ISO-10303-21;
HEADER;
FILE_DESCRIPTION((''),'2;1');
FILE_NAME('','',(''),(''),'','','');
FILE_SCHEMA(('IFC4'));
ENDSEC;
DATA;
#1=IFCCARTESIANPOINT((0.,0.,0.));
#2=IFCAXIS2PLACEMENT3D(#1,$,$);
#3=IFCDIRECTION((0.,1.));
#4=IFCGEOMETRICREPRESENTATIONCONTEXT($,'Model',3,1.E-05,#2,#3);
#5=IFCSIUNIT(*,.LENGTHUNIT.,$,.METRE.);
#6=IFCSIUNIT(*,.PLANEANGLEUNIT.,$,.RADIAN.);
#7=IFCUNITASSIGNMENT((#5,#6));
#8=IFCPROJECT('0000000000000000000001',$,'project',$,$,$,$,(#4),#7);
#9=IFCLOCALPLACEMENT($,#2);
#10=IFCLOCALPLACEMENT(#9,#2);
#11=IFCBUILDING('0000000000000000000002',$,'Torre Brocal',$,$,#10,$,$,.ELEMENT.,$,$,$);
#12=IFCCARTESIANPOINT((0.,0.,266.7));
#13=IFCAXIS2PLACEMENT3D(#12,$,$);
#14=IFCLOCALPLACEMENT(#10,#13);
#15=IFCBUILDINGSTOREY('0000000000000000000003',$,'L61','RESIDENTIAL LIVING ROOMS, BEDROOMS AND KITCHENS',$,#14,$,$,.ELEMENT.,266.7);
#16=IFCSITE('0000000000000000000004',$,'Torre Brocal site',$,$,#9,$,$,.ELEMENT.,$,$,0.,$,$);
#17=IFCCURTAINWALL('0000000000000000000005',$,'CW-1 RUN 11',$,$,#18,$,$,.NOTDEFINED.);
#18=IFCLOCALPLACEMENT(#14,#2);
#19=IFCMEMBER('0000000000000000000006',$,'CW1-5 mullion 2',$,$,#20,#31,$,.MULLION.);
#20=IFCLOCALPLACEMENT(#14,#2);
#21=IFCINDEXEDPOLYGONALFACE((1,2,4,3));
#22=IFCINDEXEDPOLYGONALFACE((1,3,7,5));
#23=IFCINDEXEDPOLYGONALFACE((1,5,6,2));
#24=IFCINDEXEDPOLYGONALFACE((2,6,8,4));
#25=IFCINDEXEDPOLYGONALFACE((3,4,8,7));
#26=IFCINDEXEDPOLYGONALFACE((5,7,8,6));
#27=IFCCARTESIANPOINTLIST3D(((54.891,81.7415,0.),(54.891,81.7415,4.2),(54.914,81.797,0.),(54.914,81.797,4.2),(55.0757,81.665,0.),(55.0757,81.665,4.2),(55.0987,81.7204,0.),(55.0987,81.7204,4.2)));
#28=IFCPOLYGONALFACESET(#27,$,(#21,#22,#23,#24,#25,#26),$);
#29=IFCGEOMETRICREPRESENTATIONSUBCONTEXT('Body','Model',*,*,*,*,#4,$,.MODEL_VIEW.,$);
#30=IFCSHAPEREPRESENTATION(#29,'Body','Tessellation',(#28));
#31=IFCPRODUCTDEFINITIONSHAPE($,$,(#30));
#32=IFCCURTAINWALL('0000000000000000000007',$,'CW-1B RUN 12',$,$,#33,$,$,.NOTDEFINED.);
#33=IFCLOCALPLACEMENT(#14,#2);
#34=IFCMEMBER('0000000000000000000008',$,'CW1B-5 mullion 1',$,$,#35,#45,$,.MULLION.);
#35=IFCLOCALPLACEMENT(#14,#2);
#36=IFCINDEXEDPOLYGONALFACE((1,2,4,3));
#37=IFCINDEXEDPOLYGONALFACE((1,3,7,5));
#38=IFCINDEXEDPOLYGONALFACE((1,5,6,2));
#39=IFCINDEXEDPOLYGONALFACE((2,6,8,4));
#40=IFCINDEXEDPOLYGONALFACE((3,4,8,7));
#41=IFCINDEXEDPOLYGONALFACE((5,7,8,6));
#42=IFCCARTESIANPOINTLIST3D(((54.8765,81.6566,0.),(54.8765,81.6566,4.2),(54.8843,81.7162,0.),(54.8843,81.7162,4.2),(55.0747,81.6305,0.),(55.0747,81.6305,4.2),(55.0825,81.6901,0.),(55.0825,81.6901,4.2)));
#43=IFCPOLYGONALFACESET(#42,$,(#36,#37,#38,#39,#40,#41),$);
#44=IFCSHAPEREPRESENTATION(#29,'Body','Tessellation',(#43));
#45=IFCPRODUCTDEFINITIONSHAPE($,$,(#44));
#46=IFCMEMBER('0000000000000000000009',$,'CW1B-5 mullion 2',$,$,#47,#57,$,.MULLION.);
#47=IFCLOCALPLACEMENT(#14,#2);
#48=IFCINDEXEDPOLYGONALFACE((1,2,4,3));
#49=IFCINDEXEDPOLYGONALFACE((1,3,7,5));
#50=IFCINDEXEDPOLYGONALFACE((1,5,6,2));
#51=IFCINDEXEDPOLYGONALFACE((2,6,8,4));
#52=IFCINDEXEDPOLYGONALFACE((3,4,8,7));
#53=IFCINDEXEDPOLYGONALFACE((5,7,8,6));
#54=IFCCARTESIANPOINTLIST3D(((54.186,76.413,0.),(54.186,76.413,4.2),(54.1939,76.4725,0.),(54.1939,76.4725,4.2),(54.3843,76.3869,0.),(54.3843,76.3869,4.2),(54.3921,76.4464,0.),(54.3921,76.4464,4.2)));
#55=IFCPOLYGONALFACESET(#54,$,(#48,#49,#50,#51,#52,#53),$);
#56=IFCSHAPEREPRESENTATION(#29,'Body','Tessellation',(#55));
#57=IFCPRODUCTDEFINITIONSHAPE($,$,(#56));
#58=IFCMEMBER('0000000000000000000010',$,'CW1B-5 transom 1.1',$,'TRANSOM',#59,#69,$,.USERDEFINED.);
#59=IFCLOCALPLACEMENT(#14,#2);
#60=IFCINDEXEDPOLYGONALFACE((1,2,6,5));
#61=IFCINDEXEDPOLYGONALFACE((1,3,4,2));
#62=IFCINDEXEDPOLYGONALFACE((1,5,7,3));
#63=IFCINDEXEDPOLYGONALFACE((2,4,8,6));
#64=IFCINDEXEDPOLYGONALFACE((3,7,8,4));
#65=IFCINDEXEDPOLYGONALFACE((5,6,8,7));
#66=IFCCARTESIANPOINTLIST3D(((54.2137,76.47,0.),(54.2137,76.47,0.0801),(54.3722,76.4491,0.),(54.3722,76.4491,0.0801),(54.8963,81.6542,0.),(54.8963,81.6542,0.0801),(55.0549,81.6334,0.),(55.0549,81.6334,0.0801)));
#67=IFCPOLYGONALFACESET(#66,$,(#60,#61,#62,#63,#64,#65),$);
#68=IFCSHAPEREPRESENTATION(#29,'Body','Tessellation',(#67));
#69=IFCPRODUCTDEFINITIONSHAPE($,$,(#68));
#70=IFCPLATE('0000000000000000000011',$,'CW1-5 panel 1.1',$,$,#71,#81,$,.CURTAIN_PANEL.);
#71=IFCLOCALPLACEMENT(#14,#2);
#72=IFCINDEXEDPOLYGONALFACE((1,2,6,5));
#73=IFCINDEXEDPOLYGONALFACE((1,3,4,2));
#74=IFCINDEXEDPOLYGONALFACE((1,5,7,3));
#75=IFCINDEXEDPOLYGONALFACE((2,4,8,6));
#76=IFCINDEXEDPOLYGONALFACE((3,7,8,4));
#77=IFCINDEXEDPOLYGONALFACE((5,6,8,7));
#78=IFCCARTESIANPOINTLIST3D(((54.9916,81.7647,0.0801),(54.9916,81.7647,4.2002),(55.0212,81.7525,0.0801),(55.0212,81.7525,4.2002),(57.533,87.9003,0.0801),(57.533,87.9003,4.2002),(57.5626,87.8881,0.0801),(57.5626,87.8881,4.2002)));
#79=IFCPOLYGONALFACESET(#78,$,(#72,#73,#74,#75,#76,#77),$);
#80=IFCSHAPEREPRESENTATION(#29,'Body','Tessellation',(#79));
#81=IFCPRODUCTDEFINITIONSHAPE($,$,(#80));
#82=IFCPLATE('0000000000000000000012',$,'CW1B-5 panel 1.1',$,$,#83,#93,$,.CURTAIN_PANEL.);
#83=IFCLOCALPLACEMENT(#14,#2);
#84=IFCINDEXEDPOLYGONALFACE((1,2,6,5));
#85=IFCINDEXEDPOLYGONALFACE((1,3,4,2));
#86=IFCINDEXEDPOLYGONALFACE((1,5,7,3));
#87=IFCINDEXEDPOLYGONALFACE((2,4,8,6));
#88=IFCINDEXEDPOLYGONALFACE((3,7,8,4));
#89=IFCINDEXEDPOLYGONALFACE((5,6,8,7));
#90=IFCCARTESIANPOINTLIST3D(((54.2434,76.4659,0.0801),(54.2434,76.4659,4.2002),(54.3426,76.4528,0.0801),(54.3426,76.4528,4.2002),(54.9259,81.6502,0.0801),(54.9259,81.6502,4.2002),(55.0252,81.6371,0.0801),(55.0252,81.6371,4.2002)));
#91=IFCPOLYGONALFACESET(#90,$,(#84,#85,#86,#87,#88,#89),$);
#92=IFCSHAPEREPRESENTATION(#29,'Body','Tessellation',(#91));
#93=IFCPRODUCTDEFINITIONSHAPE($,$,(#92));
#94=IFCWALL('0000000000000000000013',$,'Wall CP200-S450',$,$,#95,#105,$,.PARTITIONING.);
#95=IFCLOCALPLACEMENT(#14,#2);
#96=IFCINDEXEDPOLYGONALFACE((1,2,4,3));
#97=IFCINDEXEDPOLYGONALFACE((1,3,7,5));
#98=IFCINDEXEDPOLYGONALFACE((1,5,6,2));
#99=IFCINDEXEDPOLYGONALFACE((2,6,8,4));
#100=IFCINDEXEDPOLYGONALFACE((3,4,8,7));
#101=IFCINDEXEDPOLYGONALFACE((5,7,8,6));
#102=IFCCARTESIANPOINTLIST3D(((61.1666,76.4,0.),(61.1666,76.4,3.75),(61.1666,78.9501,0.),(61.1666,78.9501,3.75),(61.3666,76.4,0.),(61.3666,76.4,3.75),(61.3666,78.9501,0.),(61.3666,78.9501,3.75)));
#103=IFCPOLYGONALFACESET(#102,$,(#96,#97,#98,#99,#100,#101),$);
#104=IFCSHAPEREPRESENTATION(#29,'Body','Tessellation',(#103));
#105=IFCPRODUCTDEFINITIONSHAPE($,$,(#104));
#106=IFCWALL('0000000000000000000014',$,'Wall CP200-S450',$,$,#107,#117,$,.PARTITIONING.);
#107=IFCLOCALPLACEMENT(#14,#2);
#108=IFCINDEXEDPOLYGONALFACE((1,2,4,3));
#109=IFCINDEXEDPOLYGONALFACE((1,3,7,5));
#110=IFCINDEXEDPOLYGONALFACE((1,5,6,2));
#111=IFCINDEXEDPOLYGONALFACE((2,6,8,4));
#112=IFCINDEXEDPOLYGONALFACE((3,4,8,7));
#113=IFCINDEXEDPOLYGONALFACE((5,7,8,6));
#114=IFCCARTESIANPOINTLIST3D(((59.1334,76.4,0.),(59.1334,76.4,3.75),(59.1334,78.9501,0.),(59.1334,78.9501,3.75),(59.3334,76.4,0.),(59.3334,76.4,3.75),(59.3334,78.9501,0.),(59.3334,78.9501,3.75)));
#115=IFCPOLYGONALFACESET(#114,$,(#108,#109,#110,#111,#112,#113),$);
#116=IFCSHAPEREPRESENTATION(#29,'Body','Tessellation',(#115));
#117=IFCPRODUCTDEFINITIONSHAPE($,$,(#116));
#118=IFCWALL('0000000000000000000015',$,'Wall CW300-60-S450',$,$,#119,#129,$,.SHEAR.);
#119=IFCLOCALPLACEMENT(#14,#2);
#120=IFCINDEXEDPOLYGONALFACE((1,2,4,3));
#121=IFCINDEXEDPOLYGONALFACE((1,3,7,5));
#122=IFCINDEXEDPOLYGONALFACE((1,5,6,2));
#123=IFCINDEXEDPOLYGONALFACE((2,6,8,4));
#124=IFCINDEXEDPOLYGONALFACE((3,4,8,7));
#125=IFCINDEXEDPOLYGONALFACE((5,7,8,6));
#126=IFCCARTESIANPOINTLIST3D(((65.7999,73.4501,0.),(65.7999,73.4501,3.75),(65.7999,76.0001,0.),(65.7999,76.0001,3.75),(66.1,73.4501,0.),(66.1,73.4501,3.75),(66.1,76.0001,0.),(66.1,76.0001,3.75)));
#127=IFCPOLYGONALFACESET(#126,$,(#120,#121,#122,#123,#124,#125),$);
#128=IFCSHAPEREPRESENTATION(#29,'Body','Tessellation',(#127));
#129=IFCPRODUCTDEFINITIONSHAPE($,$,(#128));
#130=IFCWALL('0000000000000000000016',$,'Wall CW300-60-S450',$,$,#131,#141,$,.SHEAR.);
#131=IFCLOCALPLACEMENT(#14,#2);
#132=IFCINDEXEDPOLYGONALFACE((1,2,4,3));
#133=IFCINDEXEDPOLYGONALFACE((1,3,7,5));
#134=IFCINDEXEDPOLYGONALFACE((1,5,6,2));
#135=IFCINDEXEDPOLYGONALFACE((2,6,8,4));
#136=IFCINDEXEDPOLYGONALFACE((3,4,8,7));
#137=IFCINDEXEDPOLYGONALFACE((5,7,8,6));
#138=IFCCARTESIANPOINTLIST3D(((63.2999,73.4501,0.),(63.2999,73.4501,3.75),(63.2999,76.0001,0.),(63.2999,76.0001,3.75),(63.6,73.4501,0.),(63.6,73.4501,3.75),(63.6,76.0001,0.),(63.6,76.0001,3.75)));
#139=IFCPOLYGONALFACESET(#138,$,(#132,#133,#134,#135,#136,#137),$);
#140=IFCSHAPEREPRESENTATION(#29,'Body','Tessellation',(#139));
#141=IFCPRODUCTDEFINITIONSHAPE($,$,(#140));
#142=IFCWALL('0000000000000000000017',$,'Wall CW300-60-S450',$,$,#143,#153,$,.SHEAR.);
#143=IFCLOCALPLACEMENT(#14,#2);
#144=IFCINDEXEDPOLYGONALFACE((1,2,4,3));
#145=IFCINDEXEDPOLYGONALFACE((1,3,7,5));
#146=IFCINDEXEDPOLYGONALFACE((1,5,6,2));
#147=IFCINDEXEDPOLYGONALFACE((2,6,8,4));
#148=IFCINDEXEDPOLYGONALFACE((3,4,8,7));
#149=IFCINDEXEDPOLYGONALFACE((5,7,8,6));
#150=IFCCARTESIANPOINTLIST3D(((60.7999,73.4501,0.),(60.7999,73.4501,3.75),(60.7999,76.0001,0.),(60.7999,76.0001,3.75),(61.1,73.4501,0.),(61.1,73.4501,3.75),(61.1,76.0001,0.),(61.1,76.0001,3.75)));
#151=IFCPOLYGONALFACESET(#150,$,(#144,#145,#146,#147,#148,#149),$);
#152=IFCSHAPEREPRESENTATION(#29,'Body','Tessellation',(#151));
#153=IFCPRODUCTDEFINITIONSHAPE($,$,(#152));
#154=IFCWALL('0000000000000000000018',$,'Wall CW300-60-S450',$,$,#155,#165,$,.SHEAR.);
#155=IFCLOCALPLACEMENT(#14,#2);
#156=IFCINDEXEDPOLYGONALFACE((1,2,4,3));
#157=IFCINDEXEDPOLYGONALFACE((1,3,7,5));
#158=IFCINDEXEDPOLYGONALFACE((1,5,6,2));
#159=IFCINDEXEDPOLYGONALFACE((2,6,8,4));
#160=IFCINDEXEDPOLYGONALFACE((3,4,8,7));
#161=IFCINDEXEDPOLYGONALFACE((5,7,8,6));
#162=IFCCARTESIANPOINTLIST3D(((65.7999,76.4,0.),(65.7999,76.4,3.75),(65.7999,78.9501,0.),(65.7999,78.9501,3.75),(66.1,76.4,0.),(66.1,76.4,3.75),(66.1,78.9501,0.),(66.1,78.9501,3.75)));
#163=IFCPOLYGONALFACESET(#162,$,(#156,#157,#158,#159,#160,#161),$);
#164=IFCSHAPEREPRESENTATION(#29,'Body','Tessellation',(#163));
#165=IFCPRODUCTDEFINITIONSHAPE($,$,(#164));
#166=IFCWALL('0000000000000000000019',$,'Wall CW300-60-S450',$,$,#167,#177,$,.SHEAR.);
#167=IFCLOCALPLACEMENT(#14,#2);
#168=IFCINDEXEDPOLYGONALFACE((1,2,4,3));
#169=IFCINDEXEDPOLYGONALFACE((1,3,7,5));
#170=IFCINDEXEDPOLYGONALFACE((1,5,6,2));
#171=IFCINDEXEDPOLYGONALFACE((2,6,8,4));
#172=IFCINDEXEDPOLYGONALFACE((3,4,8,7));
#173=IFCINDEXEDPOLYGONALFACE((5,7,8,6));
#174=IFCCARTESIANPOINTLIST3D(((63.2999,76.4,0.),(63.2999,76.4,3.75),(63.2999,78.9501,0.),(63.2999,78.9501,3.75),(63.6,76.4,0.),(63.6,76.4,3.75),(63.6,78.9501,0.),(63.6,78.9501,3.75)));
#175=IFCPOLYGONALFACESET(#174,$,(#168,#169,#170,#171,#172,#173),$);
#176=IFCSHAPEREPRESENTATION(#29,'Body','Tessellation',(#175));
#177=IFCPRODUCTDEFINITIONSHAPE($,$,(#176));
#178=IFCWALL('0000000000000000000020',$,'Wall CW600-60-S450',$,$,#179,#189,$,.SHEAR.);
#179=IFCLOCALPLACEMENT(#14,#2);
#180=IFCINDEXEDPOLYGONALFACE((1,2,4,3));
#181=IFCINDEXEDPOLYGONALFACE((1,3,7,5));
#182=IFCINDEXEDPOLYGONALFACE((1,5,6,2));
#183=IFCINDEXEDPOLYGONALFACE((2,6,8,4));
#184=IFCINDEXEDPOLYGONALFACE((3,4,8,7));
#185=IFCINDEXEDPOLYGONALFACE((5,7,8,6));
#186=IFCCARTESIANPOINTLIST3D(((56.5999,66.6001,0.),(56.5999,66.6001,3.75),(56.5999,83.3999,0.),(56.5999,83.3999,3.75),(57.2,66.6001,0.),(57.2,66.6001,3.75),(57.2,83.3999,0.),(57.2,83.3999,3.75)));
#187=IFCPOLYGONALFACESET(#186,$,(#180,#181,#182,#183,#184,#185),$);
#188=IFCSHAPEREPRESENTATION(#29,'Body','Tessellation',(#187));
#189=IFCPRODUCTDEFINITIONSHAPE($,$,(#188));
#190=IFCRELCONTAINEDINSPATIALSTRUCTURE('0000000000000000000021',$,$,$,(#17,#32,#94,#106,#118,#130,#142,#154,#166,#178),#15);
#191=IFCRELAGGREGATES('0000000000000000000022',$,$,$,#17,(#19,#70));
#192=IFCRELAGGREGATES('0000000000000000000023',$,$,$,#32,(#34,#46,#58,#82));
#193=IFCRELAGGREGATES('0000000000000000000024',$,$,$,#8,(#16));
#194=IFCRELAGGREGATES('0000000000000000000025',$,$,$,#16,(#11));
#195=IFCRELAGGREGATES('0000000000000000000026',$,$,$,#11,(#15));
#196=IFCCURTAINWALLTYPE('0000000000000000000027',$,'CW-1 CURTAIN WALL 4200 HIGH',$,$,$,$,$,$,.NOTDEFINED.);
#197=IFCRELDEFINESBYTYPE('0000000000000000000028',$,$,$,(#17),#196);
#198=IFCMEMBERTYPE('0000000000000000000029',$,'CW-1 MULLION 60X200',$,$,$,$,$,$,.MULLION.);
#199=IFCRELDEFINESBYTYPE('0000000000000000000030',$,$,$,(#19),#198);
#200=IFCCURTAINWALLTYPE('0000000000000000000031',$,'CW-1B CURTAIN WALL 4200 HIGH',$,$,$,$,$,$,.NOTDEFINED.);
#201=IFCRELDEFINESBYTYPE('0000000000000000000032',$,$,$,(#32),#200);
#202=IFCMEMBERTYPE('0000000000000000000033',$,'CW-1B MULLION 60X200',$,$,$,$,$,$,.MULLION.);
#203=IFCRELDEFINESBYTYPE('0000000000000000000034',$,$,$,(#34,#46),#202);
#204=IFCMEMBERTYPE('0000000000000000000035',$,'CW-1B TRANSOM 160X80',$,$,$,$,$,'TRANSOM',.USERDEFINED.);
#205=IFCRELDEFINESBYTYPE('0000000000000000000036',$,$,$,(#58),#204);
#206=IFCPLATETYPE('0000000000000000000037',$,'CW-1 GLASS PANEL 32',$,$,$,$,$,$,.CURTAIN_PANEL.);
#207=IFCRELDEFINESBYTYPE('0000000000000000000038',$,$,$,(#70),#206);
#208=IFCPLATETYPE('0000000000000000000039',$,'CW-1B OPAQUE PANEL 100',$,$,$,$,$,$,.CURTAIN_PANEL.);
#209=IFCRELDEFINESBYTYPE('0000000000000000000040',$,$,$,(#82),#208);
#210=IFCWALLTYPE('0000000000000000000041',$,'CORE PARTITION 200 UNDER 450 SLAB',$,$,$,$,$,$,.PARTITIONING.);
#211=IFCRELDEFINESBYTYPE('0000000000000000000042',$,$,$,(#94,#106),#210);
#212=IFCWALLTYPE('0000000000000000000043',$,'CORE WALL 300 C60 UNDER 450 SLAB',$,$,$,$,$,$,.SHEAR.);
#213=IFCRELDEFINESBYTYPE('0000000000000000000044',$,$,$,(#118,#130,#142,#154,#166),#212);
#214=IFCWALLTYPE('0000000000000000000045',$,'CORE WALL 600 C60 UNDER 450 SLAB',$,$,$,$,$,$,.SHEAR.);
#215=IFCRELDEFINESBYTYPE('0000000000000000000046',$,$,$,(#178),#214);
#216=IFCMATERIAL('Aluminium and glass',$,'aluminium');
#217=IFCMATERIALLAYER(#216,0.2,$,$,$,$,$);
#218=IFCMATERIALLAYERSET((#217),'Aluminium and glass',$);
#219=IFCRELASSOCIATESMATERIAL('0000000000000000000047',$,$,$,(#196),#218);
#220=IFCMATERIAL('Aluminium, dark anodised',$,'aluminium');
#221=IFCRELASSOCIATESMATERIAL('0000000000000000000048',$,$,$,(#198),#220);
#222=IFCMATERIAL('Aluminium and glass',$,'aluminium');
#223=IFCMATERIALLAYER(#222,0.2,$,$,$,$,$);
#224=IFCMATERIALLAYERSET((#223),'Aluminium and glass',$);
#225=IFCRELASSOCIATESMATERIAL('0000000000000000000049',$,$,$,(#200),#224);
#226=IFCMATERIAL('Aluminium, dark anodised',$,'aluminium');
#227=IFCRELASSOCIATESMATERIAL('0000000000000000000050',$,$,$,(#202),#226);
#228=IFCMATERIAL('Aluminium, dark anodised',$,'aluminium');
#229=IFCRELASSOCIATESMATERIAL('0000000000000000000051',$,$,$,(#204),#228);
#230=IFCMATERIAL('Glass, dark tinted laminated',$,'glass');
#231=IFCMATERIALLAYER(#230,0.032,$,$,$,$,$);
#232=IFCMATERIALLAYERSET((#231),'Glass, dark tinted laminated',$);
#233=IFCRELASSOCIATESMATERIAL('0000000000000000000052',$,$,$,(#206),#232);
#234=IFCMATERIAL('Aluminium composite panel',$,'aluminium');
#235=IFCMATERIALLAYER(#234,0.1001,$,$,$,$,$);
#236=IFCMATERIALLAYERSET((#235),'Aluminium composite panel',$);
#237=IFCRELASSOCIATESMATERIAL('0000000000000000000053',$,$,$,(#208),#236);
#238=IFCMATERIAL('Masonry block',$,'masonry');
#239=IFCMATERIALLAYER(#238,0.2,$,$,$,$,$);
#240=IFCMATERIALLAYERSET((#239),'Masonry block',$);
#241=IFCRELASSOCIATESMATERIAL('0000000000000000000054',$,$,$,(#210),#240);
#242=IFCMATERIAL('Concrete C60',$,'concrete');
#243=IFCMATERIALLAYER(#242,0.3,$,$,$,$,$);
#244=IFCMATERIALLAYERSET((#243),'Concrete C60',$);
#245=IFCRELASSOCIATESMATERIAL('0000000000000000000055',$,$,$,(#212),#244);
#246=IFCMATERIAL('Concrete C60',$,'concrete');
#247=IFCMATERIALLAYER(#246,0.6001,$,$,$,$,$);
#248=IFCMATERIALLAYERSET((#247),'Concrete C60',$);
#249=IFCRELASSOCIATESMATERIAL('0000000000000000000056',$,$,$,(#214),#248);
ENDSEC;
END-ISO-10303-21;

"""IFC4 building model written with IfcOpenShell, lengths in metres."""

from ifc_helpers import new_model, si_unit, direction, frame, frame_2d, origin, origin_2d, place, context, subcontext, project, spatial, rectangle, extrude, material, layer, layer_set, material_profile, profile_set, type_object, element, aggregate, save


model = new_model("IFC4")

# Units and contexts
model_context = context("Model", 3, precision=1e-05, world=origin(), true_north=direction((0.0, 1.0)))
body_context = subcontext(model_context, "Body", "Model", "MODEL_VIEW")
ifc_project = project(units=[si_unit("LENGTHUNIT", "METRE"), si_unit("PLANEANGLEUNIT", "RADIAN")], contexts=[model_context])

# Site, building, storey
site_placement = place(None, origin())
site = spatial("IfcSite", under=ifc_project, at=site_placement, Name="Torre Brocal site", CompositionType="ELEMENT", RefElevation=0.0)
building_placement = place(site_placement, origin())
building = spatial("IfcBuilding", under=site, at=building_placement, Name="Torre Brocal", CompositionType="ELEMENT")
storey_placement = place(building_placement, frame((0.0, 0.0, 266.7)))
storey = spatial("IfcBuildingStorey", under=building, at=storey_placement, Name="L61", Description="RESIDENTIAL LIVING ROOMS, BEDROOMS AND KITCHENS", CompositionType="ELEMENT", Elevation=266.7)

# Curtain wall, member
ifc_material_1 = material(Name="Aluminium and glass", Category="aluminium")
ifc_layer_1 = layer(ifc_material_1, 0.2)
ifc_layer_set_1 = layer_set([ifc_layer_1], Name="Aluminium and glass")
curtain_wall_type_1 = type_object("IfcCurtainWallType", Name="CW-1 CURTAIN WALL 4200 HIGH", PredefinedType="NOTDEFINED", material=ifc_layer_set_1)
curtain_wall_1_placement = place(storey_placement, origin())
curtain_wall_1 = element("IfcCurtainWall", 1, at=curtain_wall_1_placement, inside=storey, type_object=curtain_wall_type_1, Name="CW-1 RUN 11", PredefinedType="NOTDEFINED")
ifc_material_2 = material(Name="Aluminium, dark anodised", Category="aluminium")
ifc_material_profile_1 = material_profile(ifc_material_2, rectangle(XDim=0.2, YDim=0.0601, at=origin_2d()), Name="CW-1 MULLION 60X200")
ifc_profile_set_1 = profile_set([ifc_material_profile_1], Name="Aluminium, dark anodised")
member_type_1 = type_object("IfcMemberType", Name="CW-1 MULLION 60X200", PredefinedType="MULLION", material=ifc_profile_set_1)
member_1_placement = place(storey_placement, frame((54.9949, 81.731, 0.0), z_axis=(0.0, 0.0, 1.0), x_axis=(0.92388, -0.382683, 0.0)))
member_1 = element("IfcMember", 2, at=member_1_placement, type_object=member_type_1, Name="CW1-5 mullion 2", PredefinedType="MULLION", context=body_context, shape_type="SweptSolid", body=[
    extrude(rectangle(XDim=0.2, YDim=0.0601, at=origin_2d()), origin(), (0.0, 0.0, 1.0), 4.2),
])

# Curtain wall, members
ifc_material_3 = material(Name="Aluminium and glass", Category="aluminium")
ifc_layer_2 = layer(ifc_material_3, 0.2)
ifc_layer_set_2 = layer_set([ifc_layer_2], Name="Aluminium and glass")
curtain_wall_type_2 = type_object("IfcCurtainWallType", Name="CW-1B CURTAIN WALL 4200 HIGH", PredefinedType="NOTDEFINED", material=ifc_layer_set_2)
curtain_wall_2_placement = place(storey_placement, origin())
curtain_wall_2 = element("IfcCurtainWall", 3, at=curtain_wall_2_placement, inside=storey, type_object=curtain_wall_type_2, Name="CW-1B RUN 12", PredefinedType="NOTDEFINED")
ifc_material_4 = material(Name="Aluminium, dark anodised", Category="aluminium")
ifc_material_profile_2 = material_profile(ifc_material_4, rectangle(XDim=0.2, YDim=0.0601, at=origin_2d()), Name="CW-1B MULLION 60X200")
ifc_profile_set_2 = profile_set([ifc_material_profile_2], Name="Aluminium, dark anodised")
member_type_2 = type_object("IfcMemberType", Name="CW-1B MULLION 60X200", PredefinedType="MULLION", material=ifc_profile_set_2)
member_2_placement = place(storey_placement, frame((54.9795, 81.6733, 0.0), z_axis=(0.0, 0.0, 1.0), x_axis=(0.991445, -0.130526, 0.0)))
member_2 = element("IfcMember", 4, at=member_2_placement, type_object=member_type_2, Name="CW1B-5 mullion 1", PredefinedType="MULLION", context=body_context, shape_type="SweptSolid", body=[
    extrude(rectangle(XDim=0.2, YDim=0.0601, at=origin_2d()), origin(), (0.0, 0.0, 1.0), 4.2),
])
member_3_placement = place(storey_placement, frame((54.2891, 76.4297, 0.0), z_axis=(0.0, 0.0, 1.0), x_axis=(0.991445, -0.130526, 0.0)))
member_3 = element("IfcMember", 5, at=member_3_placement, type_object=member_type_2, Name="CW1B-5 mullion 2", PredefinedType="MULLION", context=body_context, shape_type="SweptSolid", body=[
    extrude(rectangle(XDim=0.2, YDim=0.0601, at=origin_2d()), origin(), (0.0, 0.0, 1.0), 4.2),
])
ifc_material_5 = material(Name="Aluminium, dark anodised", Category="aluminium")
ifc_material_profile_3 = material_profile(ifc_material_5, rectangle(XDim=0.1599, YDim=0.0801, at=origin_2d()), Name="CW-1B TRANSOM 160X80")
ifc_profile_set_3 = profile_set([ifc_material_profile_3], Name="Aluminium, dark anodised")
member_type_3 = type_object("IfcMemberType", Name="CW-1B TRANSOM 160X80", ElementType="TRANSOM", PredefinedType="USERDEFINED", material=ifc_profile_set_3)
member_4_placement = place(storey_placement, frame((54.9756, 81.6438, 0.04), z_axis=(-0.130543, -0.991443, 0.0), x_axis=(0.991443, -0.130543, 0.0)))
member_4 = element("IfcMember", 6, at=member_4_placement, type_object=member_type_3, Name="CW1B-5 transom 1.1", ObjectType="TRANSOM", PredefinedType="USERDEFINED", context=body_context, shape_type="SweptSolid", body=[
    extrude(rectangle(XDim=0.1599, YDim=0.0801, at=origin_2d()), origin(), (0.0, 0.0, 1.0), 5.229),
])

# Plates
ifc_material_6 = material(Name="Glass, dark tinted laminated", Category="glass")
ifc_layer_3 = layer(ifc_material_6, 0.032)
ifc_layer_set_3 = layer_set([ifc_layer_3], Name="Glass, dark tinted laminated")
plate_type_1 = type_object("IfcPlateType", Name="CW-1 GLASS PANEL 32", PredefinedType="CURTAIN_PANEL", material=ifc_layer_set_3)
plate_1_placement = place(storey_placement, frame((56.2771, 84.8264, 0.0801), z_axis=(0.0, 0.0, 1.0), x_axis=(-0.382683, -0.92388, 0.0)))
plate_1 = element("IfcPlate", 7, at=plate_1_placement, type_object=plate_type_1, Name="CW1-5 panel 1.1", PredefinedType="CURTAIN_PANEL", context=body_context, shape_type="SweptSolid", body=[
    extrude(rectangle(XDim=6.6411, YDim=0.032, at=origin_2d()), origin(), (0.0, 0.0, 1.0), 4.1201),
])
aggregate(curtain_wall_1, [member_1, plate_1])
ifc_material_7 = material(Name="Aluminium composite panel", Category="aluminium")
ifc_layer_4 = layer(ifc_material_7, 0.1001)
ifc_layer_set_4 = layer_set([ifc_layer_4], Name="Aluminium composite panel")
plate_type_2 = type_object("IfcPlateType", Name="CW-1B OPAQUE PANEL 100", PredefinedType="CURTAIN_PANEL", material=ifc_layer_set_4)
plate_2_placement = place(storey_placement, frame((54.6343, 79.0515, 0.0801), z_axis=(0.0, 0.0, 1.0), x_axis=(-0.130526, -0.991445, 0.0)))
plate_2 = element("IfcPlate", 8, at=plate_2_placement, type_object=plate_type_2, Name="CW1B-5 panel 1.1", PredefinedType="CURTAIN_PANEL", context=body_context, shape_type="SweptSolid", body=[
    extrude(rectangle(XDim=5.229, YDim=0.1001, at=origin_2d()), origin(), (0.0, 0.0, 1.0), 4.1201),
])
aggregate(curtain_wall_2, [member_2, member_3, member_4, plate_2])

# Walls
ifc_material_8 = material(Name="Masonry block", Category="masonry")
ifc_layer_5 = layer(ifc_material_8, 0.2)
ifc_layer_set_5 = layer_set([ifc_layer_5], Name="Masonry block")
wall_type_1 = type_object("IfcWallType", Name="CORE PARTITION 200 UNDER 450 SLAB", PredefinedType="PARTITIONING", material=ifc_layer_set_5)
for number, where, z_axis, x_axis, name in (
    (9, (61.2666, 78.95, 0.0), (0.0, 0.0, 1.0), (0.0, -1.0, 0.0), "Wall CP200-S450"),
    (10, (59.2334, 78.95, 0.0), (0.0, 0.0, 1.0), (0.0, -1.0, 0.0), "Wall CP200-S450"),
):
    element("IfcWall", number, at=place(storey_placement, frame(where, z_axis=z_axis, x_axis=x_axis)), inside=storey, type_object=wall_type_1, Name=name, PredefinedType="PARTITIONING", context=body_context, shape_type="SweptSolid", body=[
        extrude(rectangle(XDim=2.55, YDim=0.2, at=frame_2d((1.2749, 0.0))), origin(), (0.0, 0.0, 1.0), 3.75),
    ])
ifc_material_9 = material(Name="Concrete C60", Category="concrete")
ifc_layer_6 = layer(ifc_material_9, 0.3)
ifc_layer_set_6 = layer_set([ifc_layer_6], Name="Concrete C60")
wall_type_2 = type_object("IfcWallType", Name="CORE WALL 300 C60 UNDER 450 SLAB", PredefinedType="SHEAR", material=ifc_layer_set_6)
for number, where, z_axis, x_axis, name in (
    (11, (65.95, 76.0, 0.0), (0.0, 0.0, 1.0), (0.0, -1.0, 0.0), "Wall CW300-60-S450"),
    (12, (63.45, 76.0, 0.0), (0.0, 0.0, 1.0), (0.0, -1.0, 0.0), "Wall CW300-60-S450"),
    (13, (60.95, 76.0, 0.0), (0.0, 0.0, 1.0), (0.0, -1.0, 0.0), "Wall CW300-60-S450"),
    (14, (65.95, 78.95, 0.0), (0.0, 0.0, 1.0), (0.0, -1.0, 0.0), "Wall CW300-60-S450"),
    (15, (63.45, 78.95, 0.0), (0.0, 0.0, 1.0), (0.0, -1.0, 0.0), "Wall CW300-60-S450"),
):
    element("IfcWall", number, at=place(storey_placement, frame(where, z_axis=z_axis, x_axis=x_axis)), inside=storey, type_object=wall_type_2, Name=name, PredefinedType="SHEAR", context=body_context, shape_type="SweptSolid", body=[
        extrude(rectangle(XDim=2.55, YDim=0.3, at=frame_2d((1.2749, 0.0))), origin(), (0.0, 0.0, 1.0), 3.75),
    ])
ifc_material_10 = material(Name="Concrete C60", Category="concrete")
ifc_layer_7 = layer(ifc_material_10, 0.6001)
ifc_layer_set_7 = layer_set([ifc_layer_7], Name="Concrete C60")
wall_type_3 = type_object("IfcWallType", Name="CORE WALL 600 C60 UNDER 450 SLAB", PredefinedType="SHEAR", material=ifc_layer_set_7)
wall_1_placement = place(storey_placement, frame((56.8999, 83.3999, 0.0), z_axis=(0.0, 0.0, 1.0), x_axis=(0.0, -1.0, 0.0)))
element("IfcWall", 16, at=wall_1_placement, inside=storey, type_object=wall_type_3, Name="Wall CW600-60-S450", PredefinedType="SHEAR", context=body_context, shape_type="SweptSolid", body=[
    extrude(rectangle(XDim=16.7998, YDim=0.6001, at=frame_2d((8.3999, 0.0))), origin(), (0.0, 0.0, 1.0), 3.75),
])

save(model, "model.ifc")
